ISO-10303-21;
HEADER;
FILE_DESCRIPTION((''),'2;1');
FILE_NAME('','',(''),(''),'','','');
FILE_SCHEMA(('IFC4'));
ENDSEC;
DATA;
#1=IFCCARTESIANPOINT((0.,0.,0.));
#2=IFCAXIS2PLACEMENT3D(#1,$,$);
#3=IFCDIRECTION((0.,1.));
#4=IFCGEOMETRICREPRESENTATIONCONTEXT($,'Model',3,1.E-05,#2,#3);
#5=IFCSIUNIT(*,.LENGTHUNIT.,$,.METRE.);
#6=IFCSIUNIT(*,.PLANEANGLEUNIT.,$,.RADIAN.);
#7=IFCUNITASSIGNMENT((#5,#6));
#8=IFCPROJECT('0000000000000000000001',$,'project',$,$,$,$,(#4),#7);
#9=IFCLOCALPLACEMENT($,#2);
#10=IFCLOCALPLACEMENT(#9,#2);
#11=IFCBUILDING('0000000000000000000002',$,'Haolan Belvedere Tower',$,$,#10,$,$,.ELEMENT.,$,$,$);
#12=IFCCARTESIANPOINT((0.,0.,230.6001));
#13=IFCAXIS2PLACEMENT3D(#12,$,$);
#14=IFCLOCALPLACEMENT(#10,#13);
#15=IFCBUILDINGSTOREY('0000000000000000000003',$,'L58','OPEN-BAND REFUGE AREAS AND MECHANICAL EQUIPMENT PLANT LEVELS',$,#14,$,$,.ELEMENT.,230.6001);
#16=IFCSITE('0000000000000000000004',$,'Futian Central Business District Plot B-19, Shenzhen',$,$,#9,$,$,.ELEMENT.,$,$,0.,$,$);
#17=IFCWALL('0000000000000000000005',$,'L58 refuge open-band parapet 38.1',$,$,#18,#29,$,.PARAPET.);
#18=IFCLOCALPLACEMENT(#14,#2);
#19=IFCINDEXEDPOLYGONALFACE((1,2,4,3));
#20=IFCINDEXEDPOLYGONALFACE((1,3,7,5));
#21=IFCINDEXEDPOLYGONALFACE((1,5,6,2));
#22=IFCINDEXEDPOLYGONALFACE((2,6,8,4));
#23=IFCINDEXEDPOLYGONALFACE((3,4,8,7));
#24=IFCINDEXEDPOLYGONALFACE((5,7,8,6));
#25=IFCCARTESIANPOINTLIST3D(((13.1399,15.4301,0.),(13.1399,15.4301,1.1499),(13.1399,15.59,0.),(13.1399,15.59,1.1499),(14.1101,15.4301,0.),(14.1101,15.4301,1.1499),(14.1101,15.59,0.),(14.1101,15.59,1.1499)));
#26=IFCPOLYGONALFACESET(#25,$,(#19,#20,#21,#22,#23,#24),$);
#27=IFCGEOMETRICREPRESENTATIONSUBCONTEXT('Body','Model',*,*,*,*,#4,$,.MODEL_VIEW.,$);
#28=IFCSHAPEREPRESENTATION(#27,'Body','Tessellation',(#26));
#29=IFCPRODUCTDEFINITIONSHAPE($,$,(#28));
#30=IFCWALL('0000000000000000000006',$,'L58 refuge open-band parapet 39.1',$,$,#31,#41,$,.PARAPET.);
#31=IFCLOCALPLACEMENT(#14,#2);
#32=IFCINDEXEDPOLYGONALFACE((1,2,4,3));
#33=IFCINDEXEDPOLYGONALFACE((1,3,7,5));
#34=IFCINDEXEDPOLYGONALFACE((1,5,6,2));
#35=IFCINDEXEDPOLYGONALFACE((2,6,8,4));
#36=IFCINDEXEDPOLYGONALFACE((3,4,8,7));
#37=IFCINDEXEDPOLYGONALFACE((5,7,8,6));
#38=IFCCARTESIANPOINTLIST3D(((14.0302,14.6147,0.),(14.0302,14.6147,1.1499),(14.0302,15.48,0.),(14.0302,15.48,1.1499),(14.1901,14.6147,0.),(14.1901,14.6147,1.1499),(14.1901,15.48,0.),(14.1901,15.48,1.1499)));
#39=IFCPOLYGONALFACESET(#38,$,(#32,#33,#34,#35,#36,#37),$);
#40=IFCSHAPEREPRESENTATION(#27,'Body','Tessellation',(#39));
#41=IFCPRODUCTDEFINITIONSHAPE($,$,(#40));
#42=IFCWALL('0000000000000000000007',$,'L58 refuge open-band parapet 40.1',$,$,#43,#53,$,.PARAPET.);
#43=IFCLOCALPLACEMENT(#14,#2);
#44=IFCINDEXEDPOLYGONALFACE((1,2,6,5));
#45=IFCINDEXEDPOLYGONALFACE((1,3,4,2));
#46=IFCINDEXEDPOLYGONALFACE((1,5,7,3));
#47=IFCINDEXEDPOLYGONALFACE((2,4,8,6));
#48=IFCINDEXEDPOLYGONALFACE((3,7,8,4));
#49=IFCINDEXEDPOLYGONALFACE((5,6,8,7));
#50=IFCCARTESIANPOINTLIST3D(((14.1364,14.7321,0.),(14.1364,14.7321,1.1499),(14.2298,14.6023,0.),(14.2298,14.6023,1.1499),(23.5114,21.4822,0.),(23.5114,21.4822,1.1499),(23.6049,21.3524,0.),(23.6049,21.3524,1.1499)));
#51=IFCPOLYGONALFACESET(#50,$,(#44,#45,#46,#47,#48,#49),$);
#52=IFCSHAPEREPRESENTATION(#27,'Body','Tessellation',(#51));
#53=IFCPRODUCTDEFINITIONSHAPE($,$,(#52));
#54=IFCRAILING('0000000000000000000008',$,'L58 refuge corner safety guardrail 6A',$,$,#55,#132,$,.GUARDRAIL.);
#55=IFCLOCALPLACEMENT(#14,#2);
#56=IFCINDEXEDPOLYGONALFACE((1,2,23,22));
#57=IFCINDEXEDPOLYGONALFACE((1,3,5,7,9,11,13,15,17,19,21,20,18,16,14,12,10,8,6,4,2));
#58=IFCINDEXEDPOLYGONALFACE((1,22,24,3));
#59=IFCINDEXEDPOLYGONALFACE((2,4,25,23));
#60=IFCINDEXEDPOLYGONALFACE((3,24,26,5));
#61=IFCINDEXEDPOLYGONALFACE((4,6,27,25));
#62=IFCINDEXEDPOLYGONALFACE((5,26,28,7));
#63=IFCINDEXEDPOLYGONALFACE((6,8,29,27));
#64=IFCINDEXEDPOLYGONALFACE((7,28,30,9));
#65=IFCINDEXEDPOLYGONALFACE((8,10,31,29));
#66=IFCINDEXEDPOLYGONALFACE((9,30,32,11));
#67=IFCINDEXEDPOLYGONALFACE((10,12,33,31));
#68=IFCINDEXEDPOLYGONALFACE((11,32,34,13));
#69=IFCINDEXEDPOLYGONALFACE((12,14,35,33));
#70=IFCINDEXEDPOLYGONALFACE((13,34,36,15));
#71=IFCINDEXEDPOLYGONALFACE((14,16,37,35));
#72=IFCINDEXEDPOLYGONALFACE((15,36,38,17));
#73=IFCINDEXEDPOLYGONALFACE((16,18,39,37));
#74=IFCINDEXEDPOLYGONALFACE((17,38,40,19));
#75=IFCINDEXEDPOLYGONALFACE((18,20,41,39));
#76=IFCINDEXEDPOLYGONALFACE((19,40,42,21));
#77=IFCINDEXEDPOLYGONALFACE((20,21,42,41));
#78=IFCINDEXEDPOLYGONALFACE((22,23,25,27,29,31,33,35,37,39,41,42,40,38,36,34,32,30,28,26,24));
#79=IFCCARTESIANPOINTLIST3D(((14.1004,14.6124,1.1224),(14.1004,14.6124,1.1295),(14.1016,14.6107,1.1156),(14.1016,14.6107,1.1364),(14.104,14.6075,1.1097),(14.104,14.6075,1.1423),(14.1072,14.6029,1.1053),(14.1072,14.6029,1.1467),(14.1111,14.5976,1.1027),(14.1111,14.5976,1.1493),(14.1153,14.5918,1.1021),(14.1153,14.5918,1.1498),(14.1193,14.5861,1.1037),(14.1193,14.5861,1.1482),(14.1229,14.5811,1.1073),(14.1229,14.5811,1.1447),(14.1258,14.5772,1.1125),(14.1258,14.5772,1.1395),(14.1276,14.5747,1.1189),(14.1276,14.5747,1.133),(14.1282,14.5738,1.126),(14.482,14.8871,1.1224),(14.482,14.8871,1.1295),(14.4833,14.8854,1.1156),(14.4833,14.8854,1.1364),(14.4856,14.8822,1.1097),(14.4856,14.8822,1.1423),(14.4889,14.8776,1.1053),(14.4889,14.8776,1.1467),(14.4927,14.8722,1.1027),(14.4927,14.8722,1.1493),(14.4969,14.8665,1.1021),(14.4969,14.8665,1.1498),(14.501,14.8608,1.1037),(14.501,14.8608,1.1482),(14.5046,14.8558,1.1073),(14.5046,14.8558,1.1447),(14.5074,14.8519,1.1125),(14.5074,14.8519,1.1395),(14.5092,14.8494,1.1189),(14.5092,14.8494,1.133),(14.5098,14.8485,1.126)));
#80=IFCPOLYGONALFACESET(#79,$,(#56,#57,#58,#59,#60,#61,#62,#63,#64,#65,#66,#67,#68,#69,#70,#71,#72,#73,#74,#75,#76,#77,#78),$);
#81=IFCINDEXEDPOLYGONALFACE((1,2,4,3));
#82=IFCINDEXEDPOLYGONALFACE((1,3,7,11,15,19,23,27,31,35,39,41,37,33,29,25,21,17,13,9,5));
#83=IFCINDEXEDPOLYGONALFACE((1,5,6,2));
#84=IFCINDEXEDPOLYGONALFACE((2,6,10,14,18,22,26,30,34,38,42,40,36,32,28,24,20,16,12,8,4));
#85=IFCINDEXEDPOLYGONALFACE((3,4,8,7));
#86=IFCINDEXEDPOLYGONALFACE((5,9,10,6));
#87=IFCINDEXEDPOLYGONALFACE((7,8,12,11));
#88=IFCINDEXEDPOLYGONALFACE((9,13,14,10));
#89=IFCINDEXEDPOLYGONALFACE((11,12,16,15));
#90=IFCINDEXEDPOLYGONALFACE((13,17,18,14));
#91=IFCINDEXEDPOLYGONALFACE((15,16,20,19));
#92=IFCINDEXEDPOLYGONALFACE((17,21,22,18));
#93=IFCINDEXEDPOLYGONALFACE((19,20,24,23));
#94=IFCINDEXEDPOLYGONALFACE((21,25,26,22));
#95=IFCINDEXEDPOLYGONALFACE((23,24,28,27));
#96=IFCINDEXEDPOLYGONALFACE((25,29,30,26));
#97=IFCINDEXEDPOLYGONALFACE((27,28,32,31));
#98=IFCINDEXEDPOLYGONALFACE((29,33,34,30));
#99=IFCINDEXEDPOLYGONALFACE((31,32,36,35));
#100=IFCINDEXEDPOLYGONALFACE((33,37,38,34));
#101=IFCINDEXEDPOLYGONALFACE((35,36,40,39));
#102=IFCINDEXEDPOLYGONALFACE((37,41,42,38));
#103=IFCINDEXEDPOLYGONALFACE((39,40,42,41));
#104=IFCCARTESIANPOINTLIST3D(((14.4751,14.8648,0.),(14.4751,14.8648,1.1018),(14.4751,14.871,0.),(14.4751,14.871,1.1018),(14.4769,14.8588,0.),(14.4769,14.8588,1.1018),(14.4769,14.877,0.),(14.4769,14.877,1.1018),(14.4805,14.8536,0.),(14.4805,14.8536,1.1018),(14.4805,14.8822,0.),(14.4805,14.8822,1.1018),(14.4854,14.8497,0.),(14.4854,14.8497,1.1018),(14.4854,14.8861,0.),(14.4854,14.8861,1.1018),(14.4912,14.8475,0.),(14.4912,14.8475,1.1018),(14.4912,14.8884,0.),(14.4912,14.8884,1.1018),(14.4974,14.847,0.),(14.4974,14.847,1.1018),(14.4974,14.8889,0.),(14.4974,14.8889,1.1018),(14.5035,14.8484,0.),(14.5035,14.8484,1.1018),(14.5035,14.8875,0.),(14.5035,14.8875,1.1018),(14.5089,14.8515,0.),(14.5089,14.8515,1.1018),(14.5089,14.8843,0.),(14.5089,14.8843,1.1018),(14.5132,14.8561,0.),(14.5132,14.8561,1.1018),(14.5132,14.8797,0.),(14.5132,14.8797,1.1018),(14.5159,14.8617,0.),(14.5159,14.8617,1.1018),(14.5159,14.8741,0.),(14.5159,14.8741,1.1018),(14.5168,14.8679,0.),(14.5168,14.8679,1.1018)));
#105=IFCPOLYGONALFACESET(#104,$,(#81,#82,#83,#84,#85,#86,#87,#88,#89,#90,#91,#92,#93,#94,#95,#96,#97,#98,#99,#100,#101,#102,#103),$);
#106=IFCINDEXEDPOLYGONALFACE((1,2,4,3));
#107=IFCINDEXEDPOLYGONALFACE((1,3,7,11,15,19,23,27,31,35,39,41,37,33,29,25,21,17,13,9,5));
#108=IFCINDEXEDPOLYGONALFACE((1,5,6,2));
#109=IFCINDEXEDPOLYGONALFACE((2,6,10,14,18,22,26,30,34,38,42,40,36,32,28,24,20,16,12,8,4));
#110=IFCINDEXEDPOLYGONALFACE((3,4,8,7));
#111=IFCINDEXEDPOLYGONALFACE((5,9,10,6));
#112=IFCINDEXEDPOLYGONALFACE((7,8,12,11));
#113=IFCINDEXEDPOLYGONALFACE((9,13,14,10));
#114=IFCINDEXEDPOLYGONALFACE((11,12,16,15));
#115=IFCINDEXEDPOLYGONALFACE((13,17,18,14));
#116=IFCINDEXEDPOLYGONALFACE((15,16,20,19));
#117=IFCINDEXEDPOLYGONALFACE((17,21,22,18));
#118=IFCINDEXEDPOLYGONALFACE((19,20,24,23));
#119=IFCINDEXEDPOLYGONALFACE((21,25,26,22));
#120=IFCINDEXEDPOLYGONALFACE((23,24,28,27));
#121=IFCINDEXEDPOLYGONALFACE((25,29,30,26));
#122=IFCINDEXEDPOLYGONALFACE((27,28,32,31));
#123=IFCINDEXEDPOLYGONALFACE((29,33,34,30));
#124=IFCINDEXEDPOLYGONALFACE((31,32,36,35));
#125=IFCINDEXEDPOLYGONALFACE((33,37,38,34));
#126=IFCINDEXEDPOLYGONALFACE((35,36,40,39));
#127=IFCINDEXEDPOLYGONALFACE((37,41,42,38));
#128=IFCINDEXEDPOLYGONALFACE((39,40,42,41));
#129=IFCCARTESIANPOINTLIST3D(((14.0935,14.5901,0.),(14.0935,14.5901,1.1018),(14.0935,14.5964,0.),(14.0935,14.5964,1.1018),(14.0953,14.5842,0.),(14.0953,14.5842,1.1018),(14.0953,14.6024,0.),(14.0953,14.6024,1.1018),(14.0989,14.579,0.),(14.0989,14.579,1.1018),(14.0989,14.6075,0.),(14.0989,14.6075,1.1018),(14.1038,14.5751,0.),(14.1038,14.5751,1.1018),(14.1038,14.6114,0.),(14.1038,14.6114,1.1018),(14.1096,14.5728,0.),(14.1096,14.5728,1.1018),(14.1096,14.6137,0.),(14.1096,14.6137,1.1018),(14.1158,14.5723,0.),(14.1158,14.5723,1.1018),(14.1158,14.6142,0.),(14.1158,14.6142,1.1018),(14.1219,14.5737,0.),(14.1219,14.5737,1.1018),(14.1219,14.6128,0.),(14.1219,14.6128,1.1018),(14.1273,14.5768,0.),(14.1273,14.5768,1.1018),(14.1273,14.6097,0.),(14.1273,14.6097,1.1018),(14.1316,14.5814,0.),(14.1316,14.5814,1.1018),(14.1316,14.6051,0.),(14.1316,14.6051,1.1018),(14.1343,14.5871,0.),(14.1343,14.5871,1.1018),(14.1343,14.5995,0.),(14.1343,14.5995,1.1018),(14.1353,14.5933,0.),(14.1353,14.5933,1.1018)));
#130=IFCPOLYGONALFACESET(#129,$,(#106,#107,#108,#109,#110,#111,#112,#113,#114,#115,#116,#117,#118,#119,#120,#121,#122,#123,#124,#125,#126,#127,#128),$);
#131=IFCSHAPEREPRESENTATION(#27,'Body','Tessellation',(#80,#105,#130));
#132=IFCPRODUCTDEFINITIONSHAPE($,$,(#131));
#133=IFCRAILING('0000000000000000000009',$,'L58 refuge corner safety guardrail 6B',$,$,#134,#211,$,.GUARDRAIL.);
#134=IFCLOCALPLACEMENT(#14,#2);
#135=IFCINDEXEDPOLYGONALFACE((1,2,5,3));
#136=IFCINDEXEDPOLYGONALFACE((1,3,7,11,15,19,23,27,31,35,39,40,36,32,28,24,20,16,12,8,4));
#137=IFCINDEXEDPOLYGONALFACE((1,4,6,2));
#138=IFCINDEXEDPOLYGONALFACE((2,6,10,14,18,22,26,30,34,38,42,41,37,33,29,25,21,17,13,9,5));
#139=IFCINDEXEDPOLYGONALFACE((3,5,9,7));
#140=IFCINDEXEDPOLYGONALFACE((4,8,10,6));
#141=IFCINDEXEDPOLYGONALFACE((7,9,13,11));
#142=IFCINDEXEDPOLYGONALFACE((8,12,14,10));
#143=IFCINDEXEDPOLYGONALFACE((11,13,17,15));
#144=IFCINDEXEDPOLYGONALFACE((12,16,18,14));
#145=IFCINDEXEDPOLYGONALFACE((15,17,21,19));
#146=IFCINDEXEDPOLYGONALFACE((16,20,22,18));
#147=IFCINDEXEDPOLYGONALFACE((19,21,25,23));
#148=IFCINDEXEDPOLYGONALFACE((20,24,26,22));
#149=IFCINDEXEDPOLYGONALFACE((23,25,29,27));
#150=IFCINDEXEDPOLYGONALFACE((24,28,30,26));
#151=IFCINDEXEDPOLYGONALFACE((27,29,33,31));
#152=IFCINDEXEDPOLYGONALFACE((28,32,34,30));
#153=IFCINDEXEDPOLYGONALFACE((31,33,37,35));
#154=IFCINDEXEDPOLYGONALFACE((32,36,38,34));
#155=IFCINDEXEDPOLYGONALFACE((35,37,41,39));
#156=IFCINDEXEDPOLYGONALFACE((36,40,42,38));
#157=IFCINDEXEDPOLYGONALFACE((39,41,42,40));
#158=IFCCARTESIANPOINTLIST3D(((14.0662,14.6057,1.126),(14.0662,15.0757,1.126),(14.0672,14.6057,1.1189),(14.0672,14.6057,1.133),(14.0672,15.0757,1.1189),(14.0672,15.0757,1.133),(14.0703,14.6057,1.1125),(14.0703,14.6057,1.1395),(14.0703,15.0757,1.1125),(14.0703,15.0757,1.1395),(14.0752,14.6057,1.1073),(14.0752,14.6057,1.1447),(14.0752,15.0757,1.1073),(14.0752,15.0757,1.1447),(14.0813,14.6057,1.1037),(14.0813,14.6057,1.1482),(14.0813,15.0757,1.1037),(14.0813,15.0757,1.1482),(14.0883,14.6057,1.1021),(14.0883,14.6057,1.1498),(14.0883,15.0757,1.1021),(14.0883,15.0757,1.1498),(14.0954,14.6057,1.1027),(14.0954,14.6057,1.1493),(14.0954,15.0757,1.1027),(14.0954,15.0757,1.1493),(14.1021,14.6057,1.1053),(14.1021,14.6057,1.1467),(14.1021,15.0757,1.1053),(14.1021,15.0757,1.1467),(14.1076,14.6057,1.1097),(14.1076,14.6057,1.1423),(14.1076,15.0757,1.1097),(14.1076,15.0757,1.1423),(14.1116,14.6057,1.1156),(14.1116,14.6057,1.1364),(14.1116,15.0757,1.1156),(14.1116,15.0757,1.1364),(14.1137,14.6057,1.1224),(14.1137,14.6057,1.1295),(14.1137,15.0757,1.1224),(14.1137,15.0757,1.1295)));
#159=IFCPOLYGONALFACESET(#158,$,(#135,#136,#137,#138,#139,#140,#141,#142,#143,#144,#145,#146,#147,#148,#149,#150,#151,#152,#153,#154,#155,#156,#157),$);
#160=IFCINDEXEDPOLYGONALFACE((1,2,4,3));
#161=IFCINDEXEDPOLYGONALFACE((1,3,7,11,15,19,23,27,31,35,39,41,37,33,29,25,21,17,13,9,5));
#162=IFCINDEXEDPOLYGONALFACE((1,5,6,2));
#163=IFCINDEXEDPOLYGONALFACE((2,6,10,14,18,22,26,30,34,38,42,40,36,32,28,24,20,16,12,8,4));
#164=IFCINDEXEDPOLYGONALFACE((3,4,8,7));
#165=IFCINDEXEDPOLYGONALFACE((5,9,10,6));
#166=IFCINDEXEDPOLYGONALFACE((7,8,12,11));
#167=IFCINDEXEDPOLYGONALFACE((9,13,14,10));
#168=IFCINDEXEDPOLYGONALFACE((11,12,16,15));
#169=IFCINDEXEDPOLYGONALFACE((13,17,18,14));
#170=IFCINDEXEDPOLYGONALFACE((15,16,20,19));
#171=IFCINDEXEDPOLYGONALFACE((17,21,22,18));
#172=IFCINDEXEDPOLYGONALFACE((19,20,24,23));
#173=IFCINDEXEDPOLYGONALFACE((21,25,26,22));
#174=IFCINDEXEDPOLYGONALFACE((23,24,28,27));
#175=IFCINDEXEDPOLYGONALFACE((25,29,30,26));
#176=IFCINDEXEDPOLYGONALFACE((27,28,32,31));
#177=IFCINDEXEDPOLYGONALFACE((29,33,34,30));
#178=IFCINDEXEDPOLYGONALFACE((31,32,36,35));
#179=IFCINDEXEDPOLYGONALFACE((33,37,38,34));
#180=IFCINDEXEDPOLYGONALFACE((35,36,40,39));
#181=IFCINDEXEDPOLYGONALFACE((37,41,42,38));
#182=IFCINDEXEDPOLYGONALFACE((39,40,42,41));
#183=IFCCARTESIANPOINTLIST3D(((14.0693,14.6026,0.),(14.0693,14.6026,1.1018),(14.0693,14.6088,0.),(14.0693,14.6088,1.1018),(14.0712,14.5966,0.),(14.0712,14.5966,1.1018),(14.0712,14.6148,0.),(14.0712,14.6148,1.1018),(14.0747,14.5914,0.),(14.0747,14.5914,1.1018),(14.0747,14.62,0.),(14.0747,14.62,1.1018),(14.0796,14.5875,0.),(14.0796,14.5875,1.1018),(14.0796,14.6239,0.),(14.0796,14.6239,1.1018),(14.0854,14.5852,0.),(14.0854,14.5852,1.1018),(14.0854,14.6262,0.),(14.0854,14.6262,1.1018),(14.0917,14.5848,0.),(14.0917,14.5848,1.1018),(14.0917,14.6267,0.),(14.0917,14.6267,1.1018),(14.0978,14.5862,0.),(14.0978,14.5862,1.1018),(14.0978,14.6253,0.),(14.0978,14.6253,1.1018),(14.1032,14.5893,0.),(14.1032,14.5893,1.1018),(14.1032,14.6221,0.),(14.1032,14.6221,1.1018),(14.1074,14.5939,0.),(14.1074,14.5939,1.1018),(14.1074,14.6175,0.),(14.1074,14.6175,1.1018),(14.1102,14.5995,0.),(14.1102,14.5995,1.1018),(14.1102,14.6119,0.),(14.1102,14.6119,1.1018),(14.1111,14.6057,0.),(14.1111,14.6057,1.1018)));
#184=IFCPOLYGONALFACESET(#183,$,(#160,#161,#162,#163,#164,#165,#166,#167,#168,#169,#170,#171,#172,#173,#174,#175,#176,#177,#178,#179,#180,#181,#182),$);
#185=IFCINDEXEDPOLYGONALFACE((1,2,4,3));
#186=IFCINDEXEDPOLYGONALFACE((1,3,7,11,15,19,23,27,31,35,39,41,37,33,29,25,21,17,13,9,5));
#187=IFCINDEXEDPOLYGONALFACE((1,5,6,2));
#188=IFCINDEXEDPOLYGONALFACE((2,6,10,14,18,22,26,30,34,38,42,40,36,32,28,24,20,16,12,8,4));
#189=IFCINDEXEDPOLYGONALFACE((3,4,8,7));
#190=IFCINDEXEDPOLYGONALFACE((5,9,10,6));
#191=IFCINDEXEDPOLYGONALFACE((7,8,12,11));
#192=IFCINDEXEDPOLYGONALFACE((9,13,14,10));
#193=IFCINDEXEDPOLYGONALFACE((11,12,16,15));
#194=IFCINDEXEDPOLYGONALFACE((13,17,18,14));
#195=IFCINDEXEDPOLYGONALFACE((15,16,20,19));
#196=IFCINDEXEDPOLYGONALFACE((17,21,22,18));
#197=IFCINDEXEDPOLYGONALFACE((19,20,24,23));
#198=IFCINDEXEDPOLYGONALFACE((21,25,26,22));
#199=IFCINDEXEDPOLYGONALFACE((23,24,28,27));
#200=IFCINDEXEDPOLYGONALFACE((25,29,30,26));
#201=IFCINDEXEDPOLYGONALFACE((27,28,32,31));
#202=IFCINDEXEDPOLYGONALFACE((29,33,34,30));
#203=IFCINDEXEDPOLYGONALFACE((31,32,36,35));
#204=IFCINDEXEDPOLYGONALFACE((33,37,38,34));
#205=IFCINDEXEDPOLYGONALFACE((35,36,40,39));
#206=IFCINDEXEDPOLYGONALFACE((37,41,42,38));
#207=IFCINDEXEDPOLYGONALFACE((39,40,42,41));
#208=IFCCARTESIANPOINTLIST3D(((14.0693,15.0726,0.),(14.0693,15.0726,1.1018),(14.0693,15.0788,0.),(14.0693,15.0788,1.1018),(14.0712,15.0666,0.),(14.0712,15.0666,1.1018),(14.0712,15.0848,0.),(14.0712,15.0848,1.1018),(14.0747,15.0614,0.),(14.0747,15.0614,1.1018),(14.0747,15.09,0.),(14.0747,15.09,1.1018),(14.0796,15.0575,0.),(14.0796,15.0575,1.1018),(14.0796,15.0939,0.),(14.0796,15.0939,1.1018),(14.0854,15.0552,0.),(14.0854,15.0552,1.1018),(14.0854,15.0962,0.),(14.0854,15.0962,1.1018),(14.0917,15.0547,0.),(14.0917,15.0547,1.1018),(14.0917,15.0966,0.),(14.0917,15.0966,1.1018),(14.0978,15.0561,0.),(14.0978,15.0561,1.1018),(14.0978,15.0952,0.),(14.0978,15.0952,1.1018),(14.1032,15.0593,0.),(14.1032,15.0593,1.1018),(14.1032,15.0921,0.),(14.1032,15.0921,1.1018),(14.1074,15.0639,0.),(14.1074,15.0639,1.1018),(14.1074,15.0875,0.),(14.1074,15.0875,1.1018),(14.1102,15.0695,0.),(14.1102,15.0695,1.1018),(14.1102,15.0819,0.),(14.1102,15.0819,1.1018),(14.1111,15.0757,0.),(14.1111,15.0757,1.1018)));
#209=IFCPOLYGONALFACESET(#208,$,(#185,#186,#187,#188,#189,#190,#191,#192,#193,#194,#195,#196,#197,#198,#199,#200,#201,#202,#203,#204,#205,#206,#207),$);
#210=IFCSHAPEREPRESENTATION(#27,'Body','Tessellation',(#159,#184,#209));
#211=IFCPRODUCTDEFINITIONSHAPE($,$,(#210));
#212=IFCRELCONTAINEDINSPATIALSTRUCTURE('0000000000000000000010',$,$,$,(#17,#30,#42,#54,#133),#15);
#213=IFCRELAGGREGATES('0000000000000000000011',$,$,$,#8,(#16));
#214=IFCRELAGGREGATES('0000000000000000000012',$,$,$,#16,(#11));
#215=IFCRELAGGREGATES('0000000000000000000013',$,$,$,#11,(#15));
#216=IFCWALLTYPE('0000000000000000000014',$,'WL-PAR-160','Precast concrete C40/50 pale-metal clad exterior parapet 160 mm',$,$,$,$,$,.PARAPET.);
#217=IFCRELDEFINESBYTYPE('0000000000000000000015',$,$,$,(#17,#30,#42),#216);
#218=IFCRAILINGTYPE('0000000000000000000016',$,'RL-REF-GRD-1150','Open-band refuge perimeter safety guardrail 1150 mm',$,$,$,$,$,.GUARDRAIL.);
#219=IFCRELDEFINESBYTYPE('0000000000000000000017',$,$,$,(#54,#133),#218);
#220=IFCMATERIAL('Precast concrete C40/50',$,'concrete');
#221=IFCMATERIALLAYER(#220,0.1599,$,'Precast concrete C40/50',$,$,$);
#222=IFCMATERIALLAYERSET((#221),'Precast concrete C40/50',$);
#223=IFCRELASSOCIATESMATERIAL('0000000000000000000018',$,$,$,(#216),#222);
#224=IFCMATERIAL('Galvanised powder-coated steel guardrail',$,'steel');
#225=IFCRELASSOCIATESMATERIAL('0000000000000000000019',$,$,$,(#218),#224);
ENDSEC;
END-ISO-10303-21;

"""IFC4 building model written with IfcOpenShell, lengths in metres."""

from ifc_helpers import new_model, si_unit, direction, frame, frame_2d, origin, origin_2d, place, context, subcontext, project, spatial, rectangle, circle, extrude, material, layer, layer_set, type_object, element, save


model = new_model("IFC4")

# Units and contexts
model_context = context("Model", 3, precision=1e-05, world=origin(), true_north=direction((0.0, 1.0)))
body_context = subcontext(model_context, "Body", "Model", "MODEL_VIEW")
ifc_project = project(units=[si_unit("LENGTHUNIT", "METRE"), si_unit("PLANEANGLEUNIT", "RADIAN")], contexts=[model_context])

# Site, building, storey
site_placement = place(None, origin())
site = spatial("IfcSite", under=ifc_project, at=site_placement, Name="Futian Central Business District Plot B-19, Shenzhen", CompositionType="ELEMENT", RefElevation=0.0)
building_placement = place(site_placement, origin())
building = spatial("IfcBuilding", under=site, at=building_placement, Name="Haolan Belvedere Tower", CompositionType="ELEMENT")
storey_placement = place(building_placement, frame((0.0, 0.0, 230.6001)))
storey = spatial("IfcBuildingStorey", under=building, at=storey_placement, Name="L58", Description="OPEN-BAND REFUGE AREAS AND MECHANICAL EQUIPMENT PLANT LEVELS", CompositionType="ELEMENT", Elevation=230.6001)

# Walls
ifc_material_1 = material(Name="Precast concrete C40/50", Category="concrete")
ifc_layer_1 = layer(ifc_material_1, 0.1599, Name="Precast concrete C40/50")
ifc_layer_set_1 = layer_set([ifc_layer_1], Name="Precast concrete C40/50")
wall_type_1 = type_object("IfcWallType", Name="WL-PAR-160", Description="Precast concrete C40/50 pale-metal clad exterior parapet 160 mm", PredefinedType="PARAPET", material=ifc_layer_set_1)
wall_1_placement = place(storey_placement, frame((13.1399, 15.51, 0.0), z_axis=(0.0, 0.0, 1.0), x_axis=(1.0, 0.0, 0.0)))
element("IfcWall", 1, at=wall_1_placement, inside=storey, type_object=wall_type_1, Name="L58 refuge open-band parapet 38.1", PredefinedType="PARAPET", context=body_context, shape_type="SweptSolid", body=[
    extrude(rectangle(XDim=0.9702, YDim=0.1599, at=frame_2d((0.4851, 0.0))), origin(), (0.0, 0.0, 1.0), 1.1499),
])
wall_2_placement = place(storey_placement, frame((14.1101, 15.48, 0.0), z_axis=(0.0, 0.0, 1.0), x_axis=(0.0, -1.0, 0.0)))
element("IfcWall", 2, at=wall_2_placement, inside=storey, type_object=wall_type_1, Name="L58 refuge open-band parapet 39.1", PredefinedType="PARAPET", context=body_context, shape_type="SweptSolid", body=[
    extrude(rectangle(XDim=0.8652, YDim=0.1599, at=frame_2d((0.4326, 0.0))), origin(), (0.0, 0.0, 1.0), 1.1499),
])
wall_3_placement = place(storey_placement, frame((14.1831, 14.6672, 0.0), z_axis=(0.0, 0.0, 1.0), x_axis=(0.811534, 0.584305, 0.0)))
element("IfcWall", 3, at=wall_3_placement, inside=storey, type_object=wall_type_1, Name="L58 refuge open-band parapet 40.1", PredefinedType="PARAPET", context=body_context, shape_type="SweptSolid", body=[
    extrude(rectangle(XDim=11.5522, YDim=0.1599, at=frame_2d((5.7761, 0.0))), origin(), (0.0, 0.0, 1.0), 1.1499),
])

# Railings
ifc_material_2 = material(Name="Galvanised powder-coated steel guardrail", Category="steel")
railing_type = type_object("IfcRailingType", Name="RL-REF-GRD-1150", Description="Open-band refuge perimeter safety guardrail 1150 mm", PredefinedType="GUARDRAIL", material=ifc_material_2)
railing_1_placement = place(storey_placement, frame((14.4958, 14.8679, 0.0)))
element("IfcRailing", 4, at=railing_1_placement, inside=storey, type_object=railing_type, Name="L58 refuge corner safety guardrail 6A", PredefinedType="GUARDRAIL", context=body_context, shape_type="SweptSolid", body=[
    extrude(circle(Radius=0.0239, at=origin_2d()), frame((0.0, 0.0, 1.126), z_axis=(-0.811623, -0.584182, 0.0), x_axis=(0.584182, -0.811623, 0.0)), (0.0, 0.0, 1.0), 0.4702),
    extrude(circle(Radius=0.021, at=origin_2d()), origin(), (0.0, 0.0, 1.0), 1.1018),
    extrude(circle(Radius=0.021, at=origin_2d()), frame((-0.3816, -0.2747, 0.0)), (0.0, 0.0, 1.0), 1.1018),
])
railing_2_placement = place(storey_placement, frame((14.0901, 14.6057, 0.0)))
element("IfcRailing", 5, at=railing_2_placement, inside=storey, type_object=railing_type, Name="L58 refuge corner safety guardrail 6B", PredefinedType="GUARDRAIL", context=body_context, shape_type="SweptSolid", body=[
    extrude(circle(Radius=0.0239, at=origin_2d()), frame((0.0, 0.0, 1.126), z_axis=(0.0, 1.0, 0.0), x_axis=(-1.0, 0.0, 0.0)), (0.0, 0.0, 1.0), 0.47),
    extrude(circle(Radius=0.021, at=origin_2d()), origin(), (0.0, 0.0, 1.0), 1.1018),
    extrude(circle(Radius=0.021, at=origin_2d()), frame((0.0, 0.47, 0.0)), (0.0, 0.0, 1.0), 1.1018),
])

save(model, "model.ifc")
